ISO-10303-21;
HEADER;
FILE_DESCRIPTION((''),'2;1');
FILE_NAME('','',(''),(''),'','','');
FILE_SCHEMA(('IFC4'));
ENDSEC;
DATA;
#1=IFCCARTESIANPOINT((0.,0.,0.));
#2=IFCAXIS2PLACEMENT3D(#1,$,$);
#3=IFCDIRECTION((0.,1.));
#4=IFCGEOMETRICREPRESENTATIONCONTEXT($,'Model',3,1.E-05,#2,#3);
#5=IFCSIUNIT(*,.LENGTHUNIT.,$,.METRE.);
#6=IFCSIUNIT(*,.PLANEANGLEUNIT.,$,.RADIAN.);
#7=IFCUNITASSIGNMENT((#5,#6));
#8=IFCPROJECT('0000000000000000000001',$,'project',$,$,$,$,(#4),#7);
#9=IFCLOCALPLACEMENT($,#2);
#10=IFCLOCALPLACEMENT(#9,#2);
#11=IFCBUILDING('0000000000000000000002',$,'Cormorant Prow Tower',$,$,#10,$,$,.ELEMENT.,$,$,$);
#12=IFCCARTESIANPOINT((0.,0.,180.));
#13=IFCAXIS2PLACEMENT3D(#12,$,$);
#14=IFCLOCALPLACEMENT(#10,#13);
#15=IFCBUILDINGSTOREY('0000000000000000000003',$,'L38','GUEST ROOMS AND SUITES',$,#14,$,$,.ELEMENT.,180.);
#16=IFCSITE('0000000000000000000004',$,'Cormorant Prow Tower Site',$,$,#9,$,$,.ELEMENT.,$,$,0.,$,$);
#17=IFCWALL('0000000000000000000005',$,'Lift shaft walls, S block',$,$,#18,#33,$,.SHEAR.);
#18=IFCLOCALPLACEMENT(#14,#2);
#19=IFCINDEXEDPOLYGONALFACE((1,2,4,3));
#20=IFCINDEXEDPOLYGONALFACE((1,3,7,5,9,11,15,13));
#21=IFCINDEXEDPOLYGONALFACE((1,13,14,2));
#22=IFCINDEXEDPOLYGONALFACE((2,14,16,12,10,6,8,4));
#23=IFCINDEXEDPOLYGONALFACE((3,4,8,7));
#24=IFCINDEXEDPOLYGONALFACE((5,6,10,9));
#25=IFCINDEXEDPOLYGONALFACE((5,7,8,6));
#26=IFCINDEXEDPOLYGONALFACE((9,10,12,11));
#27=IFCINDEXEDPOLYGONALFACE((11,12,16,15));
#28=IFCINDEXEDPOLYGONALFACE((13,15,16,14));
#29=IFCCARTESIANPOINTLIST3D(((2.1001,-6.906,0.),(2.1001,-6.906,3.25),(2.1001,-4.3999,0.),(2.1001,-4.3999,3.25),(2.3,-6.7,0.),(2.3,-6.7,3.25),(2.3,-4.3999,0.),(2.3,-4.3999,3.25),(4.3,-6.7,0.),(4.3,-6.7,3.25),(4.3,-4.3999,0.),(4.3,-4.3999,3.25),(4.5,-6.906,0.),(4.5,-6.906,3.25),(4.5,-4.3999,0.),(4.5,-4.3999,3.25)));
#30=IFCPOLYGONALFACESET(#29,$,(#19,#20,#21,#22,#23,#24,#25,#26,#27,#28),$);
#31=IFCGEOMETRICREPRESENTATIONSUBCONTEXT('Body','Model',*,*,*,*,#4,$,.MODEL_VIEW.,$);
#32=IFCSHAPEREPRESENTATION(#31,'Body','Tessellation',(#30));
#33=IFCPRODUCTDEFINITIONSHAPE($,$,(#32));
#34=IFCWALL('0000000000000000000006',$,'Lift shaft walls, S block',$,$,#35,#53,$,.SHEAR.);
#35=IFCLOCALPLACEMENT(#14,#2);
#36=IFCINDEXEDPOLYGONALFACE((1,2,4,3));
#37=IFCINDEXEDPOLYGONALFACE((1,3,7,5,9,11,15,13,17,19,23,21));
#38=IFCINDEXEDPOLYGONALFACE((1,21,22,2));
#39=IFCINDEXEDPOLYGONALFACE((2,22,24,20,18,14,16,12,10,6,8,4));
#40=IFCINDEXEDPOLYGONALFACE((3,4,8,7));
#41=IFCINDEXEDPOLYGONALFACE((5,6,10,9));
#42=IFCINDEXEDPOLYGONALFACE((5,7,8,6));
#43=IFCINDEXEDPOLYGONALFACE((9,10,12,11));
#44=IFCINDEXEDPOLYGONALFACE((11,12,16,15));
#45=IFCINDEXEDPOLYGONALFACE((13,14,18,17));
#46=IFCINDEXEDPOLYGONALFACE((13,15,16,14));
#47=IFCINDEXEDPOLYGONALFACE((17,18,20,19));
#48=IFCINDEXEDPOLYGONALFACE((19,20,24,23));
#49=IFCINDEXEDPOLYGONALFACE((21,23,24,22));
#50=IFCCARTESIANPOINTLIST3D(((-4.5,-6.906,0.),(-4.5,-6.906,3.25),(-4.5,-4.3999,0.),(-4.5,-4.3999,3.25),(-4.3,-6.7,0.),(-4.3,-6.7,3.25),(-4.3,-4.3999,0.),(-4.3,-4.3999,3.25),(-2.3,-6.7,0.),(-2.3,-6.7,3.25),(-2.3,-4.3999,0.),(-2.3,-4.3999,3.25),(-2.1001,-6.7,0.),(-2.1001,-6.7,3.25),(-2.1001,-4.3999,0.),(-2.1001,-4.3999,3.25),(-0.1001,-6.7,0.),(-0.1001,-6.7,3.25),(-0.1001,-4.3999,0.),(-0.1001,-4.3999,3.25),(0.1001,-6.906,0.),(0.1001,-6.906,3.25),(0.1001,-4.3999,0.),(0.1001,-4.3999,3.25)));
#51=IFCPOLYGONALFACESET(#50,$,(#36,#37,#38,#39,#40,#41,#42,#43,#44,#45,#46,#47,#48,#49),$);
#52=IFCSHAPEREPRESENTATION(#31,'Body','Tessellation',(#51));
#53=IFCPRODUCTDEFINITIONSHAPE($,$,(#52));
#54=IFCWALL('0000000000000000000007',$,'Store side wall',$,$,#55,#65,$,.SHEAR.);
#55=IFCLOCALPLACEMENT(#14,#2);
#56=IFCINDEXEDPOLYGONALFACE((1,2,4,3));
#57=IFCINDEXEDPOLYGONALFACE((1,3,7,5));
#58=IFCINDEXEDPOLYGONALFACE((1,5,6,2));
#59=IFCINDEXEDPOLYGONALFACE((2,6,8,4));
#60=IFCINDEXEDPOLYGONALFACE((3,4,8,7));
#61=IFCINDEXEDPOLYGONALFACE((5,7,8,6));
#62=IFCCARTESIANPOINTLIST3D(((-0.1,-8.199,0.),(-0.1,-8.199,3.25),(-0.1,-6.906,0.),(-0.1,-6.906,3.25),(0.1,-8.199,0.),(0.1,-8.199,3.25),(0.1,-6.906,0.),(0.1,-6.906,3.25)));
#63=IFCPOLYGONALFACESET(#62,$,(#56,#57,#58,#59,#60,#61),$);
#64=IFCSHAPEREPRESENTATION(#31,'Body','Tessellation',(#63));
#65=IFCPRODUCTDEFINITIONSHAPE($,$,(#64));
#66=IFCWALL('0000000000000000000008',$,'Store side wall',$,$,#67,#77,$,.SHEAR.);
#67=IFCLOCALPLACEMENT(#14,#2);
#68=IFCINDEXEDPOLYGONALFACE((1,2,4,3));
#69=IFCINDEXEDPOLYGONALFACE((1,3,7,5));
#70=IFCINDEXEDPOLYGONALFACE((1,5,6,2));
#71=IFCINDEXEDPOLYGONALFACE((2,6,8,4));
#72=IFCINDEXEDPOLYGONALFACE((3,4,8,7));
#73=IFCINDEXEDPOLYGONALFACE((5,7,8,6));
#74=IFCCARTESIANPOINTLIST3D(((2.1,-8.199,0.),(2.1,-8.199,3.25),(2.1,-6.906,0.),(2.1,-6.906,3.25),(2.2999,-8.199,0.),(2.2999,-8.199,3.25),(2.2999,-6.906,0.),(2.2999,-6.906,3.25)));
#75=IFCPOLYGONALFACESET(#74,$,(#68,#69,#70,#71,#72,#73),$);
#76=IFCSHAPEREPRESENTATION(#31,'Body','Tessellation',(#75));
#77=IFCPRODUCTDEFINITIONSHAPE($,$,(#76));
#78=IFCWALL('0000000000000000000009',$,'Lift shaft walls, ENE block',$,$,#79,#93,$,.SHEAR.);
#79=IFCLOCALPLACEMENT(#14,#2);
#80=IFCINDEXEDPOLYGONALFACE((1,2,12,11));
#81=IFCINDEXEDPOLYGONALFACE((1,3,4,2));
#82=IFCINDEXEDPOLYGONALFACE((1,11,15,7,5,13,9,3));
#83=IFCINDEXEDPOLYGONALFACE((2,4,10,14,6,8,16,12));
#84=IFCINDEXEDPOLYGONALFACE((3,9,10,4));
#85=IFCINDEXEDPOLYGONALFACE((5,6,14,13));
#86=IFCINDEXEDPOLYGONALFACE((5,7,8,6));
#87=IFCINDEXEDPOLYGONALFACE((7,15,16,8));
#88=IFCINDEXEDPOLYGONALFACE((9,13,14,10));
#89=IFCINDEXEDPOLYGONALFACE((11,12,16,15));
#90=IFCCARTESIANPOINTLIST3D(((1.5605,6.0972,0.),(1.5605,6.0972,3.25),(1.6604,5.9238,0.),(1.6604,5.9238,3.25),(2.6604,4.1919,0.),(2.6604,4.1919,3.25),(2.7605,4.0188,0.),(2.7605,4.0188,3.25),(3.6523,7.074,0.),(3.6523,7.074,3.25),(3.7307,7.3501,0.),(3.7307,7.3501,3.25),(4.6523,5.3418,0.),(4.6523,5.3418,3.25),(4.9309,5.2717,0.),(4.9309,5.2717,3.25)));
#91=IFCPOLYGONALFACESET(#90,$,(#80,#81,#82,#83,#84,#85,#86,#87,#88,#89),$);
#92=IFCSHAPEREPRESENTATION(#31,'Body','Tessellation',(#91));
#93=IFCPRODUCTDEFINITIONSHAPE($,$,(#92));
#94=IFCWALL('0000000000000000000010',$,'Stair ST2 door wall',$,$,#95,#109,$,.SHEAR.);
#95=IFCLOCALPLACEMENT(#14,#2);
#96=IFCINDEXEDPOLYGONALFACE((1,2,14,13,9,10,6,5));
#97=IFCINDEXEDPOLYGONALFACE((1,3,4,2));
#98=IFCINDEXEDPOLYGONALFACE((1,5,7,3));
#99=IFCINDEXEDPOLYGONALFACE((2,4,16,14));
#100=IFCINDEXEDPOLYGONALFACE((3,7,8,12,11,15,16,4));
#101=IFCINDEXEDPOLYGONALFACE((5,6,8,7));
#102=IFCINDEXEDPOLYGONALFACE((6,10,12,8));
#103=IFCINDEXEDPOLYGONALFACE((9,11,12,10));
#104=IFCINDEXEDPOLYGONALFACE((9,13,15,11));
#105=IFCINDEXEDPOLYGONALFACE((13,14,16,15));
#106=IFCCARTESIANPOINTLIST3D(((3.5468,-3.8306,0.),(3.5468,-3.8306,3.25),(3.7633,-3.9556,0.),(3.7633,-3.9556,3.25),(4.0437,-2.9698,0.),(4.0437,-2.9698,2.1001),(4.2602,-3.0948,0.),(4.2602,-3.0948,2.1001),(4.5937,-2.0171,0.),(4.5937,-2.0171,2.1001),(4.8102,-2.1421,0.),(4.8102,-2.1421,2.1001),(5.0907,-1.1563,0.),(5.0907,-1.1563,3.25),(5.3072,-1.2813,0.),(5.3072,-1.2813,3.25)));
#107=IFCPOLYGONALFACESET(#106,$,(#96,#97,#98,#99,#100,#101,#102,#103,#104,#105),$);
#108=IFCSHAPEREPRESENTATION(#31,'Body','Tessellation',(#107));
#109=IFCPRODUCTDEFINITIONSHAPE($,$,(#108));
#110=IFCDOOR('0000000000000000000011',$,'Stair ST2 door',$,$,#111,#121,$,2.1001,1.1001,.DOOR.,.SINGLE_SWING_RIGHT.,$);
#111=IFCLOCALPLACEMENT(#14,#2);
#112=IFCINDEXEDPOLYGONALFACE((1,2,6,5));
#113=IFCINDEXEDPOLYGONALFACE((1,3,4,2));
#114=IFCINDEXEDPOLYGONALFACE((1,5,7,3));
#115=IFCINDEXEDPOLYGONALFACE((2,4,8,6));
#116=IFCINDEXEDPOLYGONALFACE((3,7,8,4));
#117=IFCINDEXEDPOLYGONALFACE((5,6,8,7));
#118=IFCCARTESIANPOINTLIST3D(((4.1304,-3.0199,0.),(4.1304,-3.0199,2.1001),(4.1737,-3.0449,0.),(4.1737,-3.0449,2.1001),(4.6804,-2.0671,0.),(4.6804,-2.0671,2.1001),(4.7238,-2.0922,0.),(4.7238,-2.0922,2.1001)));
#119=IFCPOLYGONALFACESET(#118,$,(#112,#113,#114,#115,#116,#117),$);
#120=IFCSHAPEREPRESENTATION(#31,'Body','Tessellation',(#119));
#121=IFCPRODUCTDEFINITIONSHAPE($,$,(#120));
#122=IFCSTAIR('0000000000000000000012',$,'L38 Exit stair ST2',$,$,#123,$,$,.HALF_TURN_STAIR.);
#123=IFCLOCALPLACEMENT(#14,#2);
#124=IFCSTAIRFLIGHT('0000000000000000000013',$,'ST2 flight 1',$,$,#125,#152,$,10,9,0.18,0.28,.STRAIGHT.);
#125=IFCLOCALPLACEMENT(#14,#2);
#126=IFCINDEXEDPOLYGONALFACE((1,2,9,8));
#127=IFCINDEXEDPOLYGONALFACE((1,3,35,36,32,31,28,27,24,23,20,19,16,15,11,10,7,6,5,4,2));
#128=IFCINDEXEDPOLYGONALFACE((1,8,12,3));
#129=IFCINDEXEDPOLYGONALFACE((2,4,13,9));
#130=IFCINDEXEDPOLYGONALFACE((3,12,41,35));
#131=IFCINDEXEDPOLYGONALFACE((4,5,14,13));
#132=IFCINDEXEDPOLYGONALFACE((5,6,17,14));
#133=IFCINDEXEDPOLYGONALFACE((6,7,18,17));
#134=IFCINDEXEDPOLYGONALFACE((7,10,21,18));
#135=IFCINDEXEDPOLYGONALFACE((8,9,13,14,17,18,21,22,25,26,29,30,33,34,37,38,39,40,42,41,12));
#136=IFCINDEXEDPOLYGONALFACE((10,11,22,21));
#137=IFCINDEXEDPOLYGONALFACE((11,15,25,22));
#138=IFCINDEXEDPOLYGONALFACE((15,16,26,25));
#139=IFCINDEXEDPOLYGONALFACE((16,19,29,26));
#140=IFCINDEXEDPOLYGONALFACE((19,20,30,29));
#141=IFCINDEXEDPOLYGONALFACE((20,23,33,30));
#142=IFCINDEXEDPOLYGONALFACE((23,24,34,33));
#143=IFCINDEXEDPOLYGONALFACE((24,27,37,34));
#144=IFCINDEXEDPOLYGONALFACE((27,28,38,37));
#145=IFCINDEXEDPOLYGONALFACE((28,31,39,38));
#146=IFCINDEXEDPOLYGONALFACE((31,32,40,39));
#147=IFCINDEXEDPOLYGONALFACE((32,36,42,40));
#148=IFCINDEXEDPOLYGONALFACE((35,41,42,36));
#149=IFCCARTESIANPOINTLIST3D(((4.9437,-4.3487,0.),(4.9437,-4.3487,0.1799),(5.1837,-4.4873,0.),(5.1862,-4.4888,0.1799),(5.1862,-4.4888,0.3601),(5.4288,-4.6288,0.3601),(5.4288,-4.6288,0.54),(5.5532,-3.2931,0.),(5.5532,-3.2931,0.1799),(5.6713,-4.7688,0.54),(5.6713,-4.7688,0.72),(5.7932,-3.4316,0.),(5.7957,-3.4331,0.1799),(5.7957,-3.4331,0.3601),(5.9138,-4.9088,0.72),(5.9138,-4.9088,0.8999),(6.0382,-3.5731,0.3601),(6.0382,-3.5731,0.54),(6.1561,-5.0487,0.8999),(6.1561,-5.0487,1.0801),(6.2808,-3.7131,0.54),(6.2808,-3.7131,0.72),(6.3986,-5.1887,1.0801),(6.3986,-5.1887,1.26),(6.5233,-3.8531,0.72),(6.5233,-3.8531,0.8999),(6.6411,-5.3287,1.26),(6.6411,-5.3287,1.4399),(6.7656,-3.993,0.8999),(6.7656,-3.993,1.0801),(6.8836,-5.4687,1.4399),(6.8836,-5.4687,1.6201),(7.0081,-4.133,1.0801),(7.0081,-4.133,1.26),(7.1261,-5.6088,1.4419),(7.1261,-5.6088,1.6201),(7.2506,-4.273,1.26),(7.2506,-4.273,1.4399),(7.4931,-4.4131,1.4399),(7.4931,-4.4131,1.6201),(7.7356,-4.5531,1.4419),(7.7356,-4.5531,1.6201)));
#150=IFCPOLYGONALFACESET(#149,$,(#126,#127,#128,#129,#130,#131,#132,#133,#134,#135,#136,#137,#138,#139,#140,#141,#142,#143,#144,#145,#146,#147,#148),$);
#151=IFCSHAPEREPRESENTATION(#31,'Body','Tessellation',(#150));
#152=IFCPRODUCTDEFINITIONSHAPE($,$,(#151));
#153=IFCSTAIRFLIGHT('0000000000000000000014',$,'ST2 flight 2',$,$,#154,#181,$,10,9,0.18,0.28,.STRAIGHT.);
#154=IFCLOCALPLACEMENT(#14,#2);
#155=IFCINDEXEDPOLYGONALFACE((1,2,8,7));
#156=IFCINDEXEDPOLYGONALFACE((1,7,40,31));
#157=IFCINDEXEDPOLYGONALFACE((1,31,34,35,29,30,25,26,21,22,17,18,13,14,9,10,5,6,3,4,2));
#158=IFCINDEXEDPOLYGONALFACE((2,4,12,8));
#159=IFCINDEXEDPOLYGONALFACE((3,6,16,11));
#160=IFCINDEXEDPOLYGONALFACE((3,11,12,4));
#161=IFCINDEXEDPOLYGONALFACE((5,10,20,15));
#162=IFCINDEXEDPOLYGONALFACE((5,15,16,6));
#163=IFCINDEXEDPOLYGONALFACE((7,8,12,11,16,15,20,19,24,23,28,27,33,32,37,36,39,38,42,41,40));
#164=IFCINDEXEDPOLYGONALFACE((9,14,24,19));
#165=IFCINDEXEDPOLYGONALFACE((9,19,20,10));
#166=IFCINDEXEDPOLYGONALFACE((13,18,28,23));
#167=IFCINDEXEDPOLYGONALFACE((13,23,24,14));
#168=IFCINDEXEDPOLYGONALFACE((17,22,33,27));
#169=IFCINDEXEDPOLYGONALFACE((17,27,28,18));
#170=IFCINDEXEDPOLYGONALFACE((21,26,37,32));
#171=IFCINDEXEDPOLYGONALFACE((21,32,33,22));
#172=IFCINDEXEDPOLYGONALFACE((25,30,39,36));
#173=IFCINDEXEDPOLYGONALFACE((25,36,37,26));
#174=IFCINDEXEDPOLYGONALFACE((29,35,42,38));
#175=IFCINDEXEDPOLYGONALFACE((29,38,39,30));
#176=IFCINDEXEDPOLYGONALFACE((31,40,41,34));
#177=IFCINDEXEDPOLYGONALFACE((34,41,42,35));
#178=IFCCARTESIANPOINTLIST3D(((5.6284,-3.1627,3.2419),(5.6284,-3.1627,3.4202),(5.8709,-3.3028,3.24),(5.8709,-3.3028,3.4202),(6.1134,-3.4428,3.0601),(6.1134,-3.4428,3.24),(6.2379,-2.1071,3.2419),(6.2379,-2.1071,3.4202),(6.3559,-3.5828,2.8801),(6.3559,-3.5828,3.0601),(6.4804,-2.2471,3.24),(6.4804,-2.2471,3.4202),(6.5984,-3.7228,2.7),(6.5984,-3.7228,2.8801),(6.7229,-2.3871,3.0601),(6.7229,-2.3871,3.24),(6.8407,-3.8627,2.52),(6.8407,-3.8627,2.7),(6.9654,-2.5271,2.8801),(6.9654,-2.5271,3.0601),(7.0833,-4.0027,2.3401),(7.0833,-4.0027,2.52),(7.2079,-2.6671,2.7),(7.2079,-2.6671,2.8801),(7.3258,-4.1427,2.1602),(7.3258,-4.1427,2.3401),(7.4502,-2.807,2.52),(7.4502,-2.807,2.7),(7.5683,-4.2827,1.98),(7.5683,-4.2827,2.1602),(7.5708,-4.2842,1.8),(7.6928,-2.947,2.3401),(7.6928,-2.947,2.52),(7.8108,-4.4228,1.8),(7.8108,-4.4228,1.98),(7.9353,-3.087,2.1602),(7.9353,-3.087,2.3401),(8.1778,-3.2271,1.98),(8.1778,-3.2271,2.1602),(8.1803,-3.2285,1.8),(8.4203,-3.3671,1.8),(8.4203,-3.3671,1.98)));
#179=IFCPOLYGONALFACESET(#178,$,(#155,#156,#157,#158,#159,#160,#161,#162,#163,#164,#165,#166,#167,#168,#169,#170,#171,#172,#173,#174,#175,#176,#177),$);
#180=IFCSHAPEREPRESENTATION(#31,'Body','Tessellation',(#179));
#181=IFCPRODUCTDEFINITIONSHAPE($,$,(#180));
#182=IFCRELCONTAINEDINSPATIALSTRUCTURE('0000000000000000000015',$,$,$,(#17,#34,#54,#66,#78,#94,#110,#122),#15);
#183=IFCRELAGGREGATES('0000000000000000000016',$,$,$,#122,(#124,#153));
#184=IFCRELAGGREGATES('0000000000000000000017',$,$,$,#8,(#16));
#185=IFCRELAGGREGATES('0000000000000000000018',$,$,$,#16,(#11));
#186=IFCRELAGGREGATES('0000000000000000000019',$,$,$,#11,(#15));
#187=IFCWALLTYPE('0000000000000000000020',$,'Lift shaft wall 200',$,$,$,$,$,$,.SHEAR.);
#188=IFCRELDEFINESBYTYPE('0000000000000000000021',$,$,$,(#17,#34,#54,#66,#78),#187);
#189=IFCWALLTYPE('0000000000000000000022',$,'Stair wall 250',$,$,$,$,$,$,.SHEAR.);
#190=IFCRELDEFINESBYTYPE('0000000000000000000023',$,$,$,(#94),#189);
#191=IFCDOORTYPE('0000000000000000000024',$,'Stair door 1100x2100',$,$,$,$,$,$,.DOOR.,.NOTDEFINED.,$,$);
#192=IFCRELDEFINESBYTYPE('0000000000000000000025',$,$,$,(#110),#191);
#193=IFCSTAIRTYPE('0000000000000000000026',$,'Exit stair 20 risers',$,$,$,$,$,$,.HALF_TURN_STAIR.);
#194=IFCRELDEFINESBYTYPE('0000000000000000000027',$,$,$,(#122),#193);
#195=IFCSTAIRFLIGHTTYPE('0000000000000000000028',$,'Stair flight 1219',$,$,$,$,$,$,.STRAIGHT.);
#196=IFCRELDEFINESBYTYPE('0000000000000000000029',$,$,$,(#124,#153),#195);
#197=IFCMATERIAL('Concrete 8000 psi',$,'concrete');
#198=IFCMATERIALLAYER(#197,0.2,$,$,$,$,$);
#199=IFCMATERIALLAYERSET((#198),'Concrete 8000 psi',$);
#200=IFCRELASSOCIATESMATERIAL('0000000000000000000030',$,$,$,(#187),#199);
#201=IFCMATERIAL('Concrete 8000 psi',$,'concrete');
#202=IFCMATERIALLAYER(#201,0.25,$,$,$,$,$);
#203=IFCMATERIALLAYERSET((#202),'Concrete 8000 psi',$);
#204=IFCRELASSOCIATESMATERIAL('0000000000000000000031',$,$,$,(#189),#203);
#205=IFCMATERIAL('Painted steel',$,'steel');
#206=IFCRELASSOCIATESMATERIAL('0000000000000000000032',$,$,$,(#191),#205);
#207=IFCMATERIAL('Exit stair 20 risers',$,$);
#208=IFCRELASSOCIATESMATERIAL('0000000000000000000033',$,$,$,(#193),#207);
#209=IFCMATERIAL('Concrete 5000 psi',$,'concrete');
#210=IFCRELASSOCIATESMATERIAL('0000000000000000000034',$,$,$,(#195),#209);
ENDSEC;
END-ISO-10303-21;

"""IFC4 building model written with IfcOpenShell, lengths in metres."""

from ifc_helpers import new_model, si_unit, direction, frame, frame_2d, origin, place, context, subcontext, project, spatial, polyline, rectangle, outline, extrude, material, layer, layer_set, type_object, element, fill, aggregate, save


model = new_model("IFC4")

# Units and contexts
model_context = context("Model", 3, precision=1e-05, world=origin(), true_north=direction((0.0, 1.0)))
body_context = subcontext(model_context, "Body", "Model", "MODEL_VIEW")
ifc_project = project(units=[si_unit("LENGTHUNIT", "METRE"), si_unit("PLANEANGLEUNIT", "RADIAN")], contexts=[model_context])

# Site, building, storey
site_placement = place(None, origin())
site = spatial("IfcSite", under=ifc_project, at=site_placement, Name="Cormorant Prow Tower Site", CompositionType="ELEMENT", RefElevation=0.0)
building_placement = place(site_placement, origin())
building = spatial("IfcBuilding", under=site, at=building_placement, Name="Cormorant Prow Tower", CompositionType="ELEMENT")
storey_placement = place(building_placement, frame((0.0, 0.0, 180.0)))
storey = spatial("IfcBuildingStorey", under=building, at=storey_placement, Name="L38", Description="GUEST ROOMS AND SUITES", CompositionType="ELEMENT", Elevation=180.0)

# Walls
ifc_material_1 = material(Name="Concrete 8000 psi", Category="concrete")
ifc_layer_1 = layer(ifc_material_1, 0.2)
ifc_layer_set_1 = layer_set([ifc_layer_1], Name="Concrete 8000 psi")
wall_type_1 = type_object("IfcWallType", Name="Lift shaft wall 200", PredefinedType="SHEAR", material=ifc_layer_set_1)
wall_1_placement = place(storey_placement, origin())
element("IfcWall", 1, at=wall_1_placement, inside=storey, type_object=wall_type_1, Name="Lift shaft walls, S block", PredefinedType="SHEAR", context=body_context, shape_type="SweptSolid", body=[
    extrude(outline(polyline([(4.5, -4.3999), (4.5, -6.906), (2.1001, -6.906), (2.1001, -4.3999), (2.3, -4.3999), (2.3, -6.7), (4.3, -6.7), (4.3, -4.3999), (4.5, -4.3999)])), origin(), (0.0, 0.0, 1.0), 3.25),
])
wall_2_placement = place(storey_placement, origin())
element("IfcWall", 2, at=wall_2_placement, inside=storey, type_object=wall_type_1, Name="Lift shaft walls, S block", PredefinedType="SHEAR", context=body_context, shape_type="SweptSolid", body=[
    extrude(outline(polyline([(0.1001, -4.3999), (0.1001, -6.906), (-4.5, -6.906), (-4.5, -4.3999), (-4.3, -4.3999), (-4.3, -6.7), (-2.3, -6.7), (-2.3, -4.3999), (-2.1001, -4.3999), (-2.1001, -6.7), (-0.1001, -6.7), (-0.1001, -4.3999), (0.1001, -4.3999)])), origin(), (0.0, 0.0, 1.0), 3.25),
])
for number, where, z_axis, x_axis, name in (
    (3, (0.0, -6.906, 0.0), (0.0, 0.0, 1.0), (0.0, -1.0, 0.0), "Store side wall"),
    (4, (2.2, -6.906, 0.0), (0.0, 0.0, 1.0), (0.0, -1.0, 0.0), "Store side wall"),
):
    element("IfcWall", number, at=place(storey_placement, frame(where, z_axis=z_axis, x_axis=x_axis)), inside=storey, type_object=wall_type_1, Name=name, PredefinedType="SHEAR", context=body_context, shape_type="SweptSolid", body=[
        extrude(rectangle(XDim=1.293, YDim=0.2, at=frame_2d((0.6465, 0.0))), origin(), (0.0, 0.0, 1.0), 3.25),
    ])
wall_3_placement = place(storey_placement, origin())
element("IfcWall", 5, at=wall_3_placement, inside=storey, type_object=wall_type_1, Name="Lift shaft walls, ENE block", PredefinedType="SHEAR", context=body_context, shape_type="SweptSolid", body=[
    extrude(outline(polyline([(1.5605, 6.0972), (3.7307, 7.3501), (4.9309, 5.2717), (2.7605, 4.0188), (2.6604, 4.1919), (4.6523, 5.3418), (3.6523, 7.074), (1.6604, 5.9238), (1.5605, 6.0972)])), origin(), (0.0, 0.0, 1.0), 3.25),
])

# Wall, opening, door
ifc_material_2 = material(Name="Concrete 8000 psi", Category="concrete")
ifc_layer_2 = layer(ifc_material_2, 0.25)
ifc_layer_set_2 = layer_set([ifc_layer_2], Name="Concrete 8000 psi")
wall_type_2 = type_object("IfcWallType", Name="Stair wall 250", PredefinedType="SHEAR", material=ifc_layer_set_2)
wall_4_placement = place(storey_placement, frame((3.655, -3.8931, 0.0), z_axis=(0.0, 0.0, 1.0), x_axis=(0.499983, 0.866035, 0.0)))
wall_4 = element("IfcWall", 6, at=wall_4_placement, inside=storey, type_object=wall_type_2, Name="Stair ST2 door wall", PredefinedType="SHEAR", context=body_context, shape_type="SweptSolid", body=[
    extrude(rectangle(XDim=3.0879, YDim=0.25, at=frame_2d((1.5439, 0.0))), origin(), (0.0, 0.0, 1.0), 3.25),
])
opening_1_placement = place(wall_4_placement, frame((0.9939, 0.0, 0.0)))
opening_1 = element("IfcOpeningElement", 7, at=opening_1_placement, cuts=wall_4, PredefinedType="OPENING", context=body_context, shape_type="SweptSolid", body=[
    extrude(rectangle(XDim=1.1001, YDim=2.1001, at=frame_2d((0.55, 1.05))), frame((0.0, 0.135, 0.0), z_axis=(0.0, -1.0, 0.0), x_axis=(1.0, 0.0, 0.0)), (0.0, 0.0, 1.0), 0.27),
])
ifc_material_3 = material(Name="Painted steel", Category="steel")
door_type_1 = type_object("IfcDoorType", Name="Stair door 1100x2100", OperationType="NOTDEFINED", PredefinedType="DOOR", material=ifc_material_3)
door_1_placement = place(opening_1_placement, origin())
door_1 = element("IfcDoor", 8, at=door_1_placement, inside=storey, type_object=door_type_1, Name="Stair ST2 door", OperationType="SINGLE_SWING_RIGHT", OverallHeight=2.1001, OverallWidth=1.1001, PredefinedType="DOOR", context=body_context, shape_type="SweptSolid", body=[
    extrude(rectangle(XDim=1.1001, YDim=2.1001, at=frame_2d((0.55, 1.05))), frame((0.0, 0.0249, 0.0), z_axis=(0.0, -1.0, 0.0), x_axis=(1.0, 0.0, 0.0)), (0.0, 0.0, 1.0), 0.05),
])
fill(opening_1, door_1)

# Stair, stair flights
ifc_material_4 = material(Name="Exit stair 20 risers")
stair_type = type_object("IfcStairType", Name="Exit stair 20 risers", PredefinedType="HALF_TURN_STAIR", material=ifc_material_4)
stair_placement = place(storey_placement, origin())
stair = element("IfcStair", 9, at=stair_placement, inside=storey, type_object=stair_type, Name="L38 Exit stair ST2", PredefinedType="HALF_TURN_STAIR")
ifc_material_5 = material(Name="Concrete 5000 psi", Category="concrete")
stair_flight_type = type_object("IfcStairFlightType", Name="Stair flight 1219", PredefinedType="STRAIGHT", material=ifc_material_5)
stair_flight_1_placement = place(storey_placement, frame((5.2485, -3.8208, 0.0), z_axis=(0.0, 0.0, 1.0), x_axis=(0.866025, -0.5, 0.0)))
stair_flight_1 = element("IfcStairFlight", 10, at=stair_flight_1_placement, type_object=stair_flight_type, Name="ST2 flight 1", NumberOfRisers=10, NumberOfTreads=9, PredefinedType="STRAIGHT", RiserHeight=0.18, TreadLength=0.28, context=body_context, shape_type="SweptSolid", body=[
    extrude(outline(polyline([(0.0, 0.0), (0.0, 0.1799), (0.28, 0.1799), (0.28, 0.3601), (0.5601, 0.3601), (0.5601, 0.54), (0.8401, 0.54), (0.8401, 0.72), (1.1201, 0.72), (1.1201, 0.8999), (1.3999, 0.8999), (1.3999, 1.0801), (1.6799, 1.0801), (1.6799, 1.26), (1.96, 1.26), (1.96, 1.4399), (2.24, 1.4399), (2.24, 1.6201), (2.52, 1.6201), (2.52, 1.8), (2.52, 1.4419), (0.2771, 0.0), (0.0, 0.0)])), frame((0.0, 0.6094, 0.0), z_axis=(0.0, -1.0, 0.0), x_axis=(1.0, 0.0, 0.0)), (0.0, 0.0, 1.0), 1.219),
])
stair_flight_2_placement = place(storey_placement, frame((8.1155, -3.895, 1.8), z_axis=(0.0, 0.0, 1.0), x_axis=(-0.866025, 0.5, 0.0)))
stair_flight_2 = element("IfcStairFlight", 11, at=stair_flight_2_placement, type_object=stair_flight_type, Name="ST2 flight 2", NumberOfRisers=10, NumberOfTreads=9, PredefinedType="STRAIGHT", RiserHeight=0.18, TreadLength=0.28, context=body_context, shape_type="SweptSolid", body=[
    extrude(outline(polyline([(0.0, 0.0), (0.0, 0.1799), (0.28, 0.1799), (0.28, 0.3601), (0.5601, 0.3601), (0.5601, 0.54), (0.8401, 0.54), (0.8401, 0.72), (1.1201, 0.72), (1.1201, 0.8999), (1.3999, 0.8999), (1.3999, 1.0801), (1.6799, 1.0801), (1.6799, 1.26), (1.96, 1.26), (1.96, 1.4399), (2.24, 1.4399), (2.24, 1.6201), (2.52, 1.6201), (2.52, 1.8), (2.52, 1.4419), (0.2771, 0.0), (0.0, 0.0)])), frame((0.0, 0.6094, 0.0), z_axis=(0.0, -1.0, 0.0), x_axis=(1.0, 0.0, 0.0)), (0.0, 0.0, 1.0), 1.219),
])
aggregate(stair, [stair_flight_1, stair_flight_2])

save(model, "model.ifc")
